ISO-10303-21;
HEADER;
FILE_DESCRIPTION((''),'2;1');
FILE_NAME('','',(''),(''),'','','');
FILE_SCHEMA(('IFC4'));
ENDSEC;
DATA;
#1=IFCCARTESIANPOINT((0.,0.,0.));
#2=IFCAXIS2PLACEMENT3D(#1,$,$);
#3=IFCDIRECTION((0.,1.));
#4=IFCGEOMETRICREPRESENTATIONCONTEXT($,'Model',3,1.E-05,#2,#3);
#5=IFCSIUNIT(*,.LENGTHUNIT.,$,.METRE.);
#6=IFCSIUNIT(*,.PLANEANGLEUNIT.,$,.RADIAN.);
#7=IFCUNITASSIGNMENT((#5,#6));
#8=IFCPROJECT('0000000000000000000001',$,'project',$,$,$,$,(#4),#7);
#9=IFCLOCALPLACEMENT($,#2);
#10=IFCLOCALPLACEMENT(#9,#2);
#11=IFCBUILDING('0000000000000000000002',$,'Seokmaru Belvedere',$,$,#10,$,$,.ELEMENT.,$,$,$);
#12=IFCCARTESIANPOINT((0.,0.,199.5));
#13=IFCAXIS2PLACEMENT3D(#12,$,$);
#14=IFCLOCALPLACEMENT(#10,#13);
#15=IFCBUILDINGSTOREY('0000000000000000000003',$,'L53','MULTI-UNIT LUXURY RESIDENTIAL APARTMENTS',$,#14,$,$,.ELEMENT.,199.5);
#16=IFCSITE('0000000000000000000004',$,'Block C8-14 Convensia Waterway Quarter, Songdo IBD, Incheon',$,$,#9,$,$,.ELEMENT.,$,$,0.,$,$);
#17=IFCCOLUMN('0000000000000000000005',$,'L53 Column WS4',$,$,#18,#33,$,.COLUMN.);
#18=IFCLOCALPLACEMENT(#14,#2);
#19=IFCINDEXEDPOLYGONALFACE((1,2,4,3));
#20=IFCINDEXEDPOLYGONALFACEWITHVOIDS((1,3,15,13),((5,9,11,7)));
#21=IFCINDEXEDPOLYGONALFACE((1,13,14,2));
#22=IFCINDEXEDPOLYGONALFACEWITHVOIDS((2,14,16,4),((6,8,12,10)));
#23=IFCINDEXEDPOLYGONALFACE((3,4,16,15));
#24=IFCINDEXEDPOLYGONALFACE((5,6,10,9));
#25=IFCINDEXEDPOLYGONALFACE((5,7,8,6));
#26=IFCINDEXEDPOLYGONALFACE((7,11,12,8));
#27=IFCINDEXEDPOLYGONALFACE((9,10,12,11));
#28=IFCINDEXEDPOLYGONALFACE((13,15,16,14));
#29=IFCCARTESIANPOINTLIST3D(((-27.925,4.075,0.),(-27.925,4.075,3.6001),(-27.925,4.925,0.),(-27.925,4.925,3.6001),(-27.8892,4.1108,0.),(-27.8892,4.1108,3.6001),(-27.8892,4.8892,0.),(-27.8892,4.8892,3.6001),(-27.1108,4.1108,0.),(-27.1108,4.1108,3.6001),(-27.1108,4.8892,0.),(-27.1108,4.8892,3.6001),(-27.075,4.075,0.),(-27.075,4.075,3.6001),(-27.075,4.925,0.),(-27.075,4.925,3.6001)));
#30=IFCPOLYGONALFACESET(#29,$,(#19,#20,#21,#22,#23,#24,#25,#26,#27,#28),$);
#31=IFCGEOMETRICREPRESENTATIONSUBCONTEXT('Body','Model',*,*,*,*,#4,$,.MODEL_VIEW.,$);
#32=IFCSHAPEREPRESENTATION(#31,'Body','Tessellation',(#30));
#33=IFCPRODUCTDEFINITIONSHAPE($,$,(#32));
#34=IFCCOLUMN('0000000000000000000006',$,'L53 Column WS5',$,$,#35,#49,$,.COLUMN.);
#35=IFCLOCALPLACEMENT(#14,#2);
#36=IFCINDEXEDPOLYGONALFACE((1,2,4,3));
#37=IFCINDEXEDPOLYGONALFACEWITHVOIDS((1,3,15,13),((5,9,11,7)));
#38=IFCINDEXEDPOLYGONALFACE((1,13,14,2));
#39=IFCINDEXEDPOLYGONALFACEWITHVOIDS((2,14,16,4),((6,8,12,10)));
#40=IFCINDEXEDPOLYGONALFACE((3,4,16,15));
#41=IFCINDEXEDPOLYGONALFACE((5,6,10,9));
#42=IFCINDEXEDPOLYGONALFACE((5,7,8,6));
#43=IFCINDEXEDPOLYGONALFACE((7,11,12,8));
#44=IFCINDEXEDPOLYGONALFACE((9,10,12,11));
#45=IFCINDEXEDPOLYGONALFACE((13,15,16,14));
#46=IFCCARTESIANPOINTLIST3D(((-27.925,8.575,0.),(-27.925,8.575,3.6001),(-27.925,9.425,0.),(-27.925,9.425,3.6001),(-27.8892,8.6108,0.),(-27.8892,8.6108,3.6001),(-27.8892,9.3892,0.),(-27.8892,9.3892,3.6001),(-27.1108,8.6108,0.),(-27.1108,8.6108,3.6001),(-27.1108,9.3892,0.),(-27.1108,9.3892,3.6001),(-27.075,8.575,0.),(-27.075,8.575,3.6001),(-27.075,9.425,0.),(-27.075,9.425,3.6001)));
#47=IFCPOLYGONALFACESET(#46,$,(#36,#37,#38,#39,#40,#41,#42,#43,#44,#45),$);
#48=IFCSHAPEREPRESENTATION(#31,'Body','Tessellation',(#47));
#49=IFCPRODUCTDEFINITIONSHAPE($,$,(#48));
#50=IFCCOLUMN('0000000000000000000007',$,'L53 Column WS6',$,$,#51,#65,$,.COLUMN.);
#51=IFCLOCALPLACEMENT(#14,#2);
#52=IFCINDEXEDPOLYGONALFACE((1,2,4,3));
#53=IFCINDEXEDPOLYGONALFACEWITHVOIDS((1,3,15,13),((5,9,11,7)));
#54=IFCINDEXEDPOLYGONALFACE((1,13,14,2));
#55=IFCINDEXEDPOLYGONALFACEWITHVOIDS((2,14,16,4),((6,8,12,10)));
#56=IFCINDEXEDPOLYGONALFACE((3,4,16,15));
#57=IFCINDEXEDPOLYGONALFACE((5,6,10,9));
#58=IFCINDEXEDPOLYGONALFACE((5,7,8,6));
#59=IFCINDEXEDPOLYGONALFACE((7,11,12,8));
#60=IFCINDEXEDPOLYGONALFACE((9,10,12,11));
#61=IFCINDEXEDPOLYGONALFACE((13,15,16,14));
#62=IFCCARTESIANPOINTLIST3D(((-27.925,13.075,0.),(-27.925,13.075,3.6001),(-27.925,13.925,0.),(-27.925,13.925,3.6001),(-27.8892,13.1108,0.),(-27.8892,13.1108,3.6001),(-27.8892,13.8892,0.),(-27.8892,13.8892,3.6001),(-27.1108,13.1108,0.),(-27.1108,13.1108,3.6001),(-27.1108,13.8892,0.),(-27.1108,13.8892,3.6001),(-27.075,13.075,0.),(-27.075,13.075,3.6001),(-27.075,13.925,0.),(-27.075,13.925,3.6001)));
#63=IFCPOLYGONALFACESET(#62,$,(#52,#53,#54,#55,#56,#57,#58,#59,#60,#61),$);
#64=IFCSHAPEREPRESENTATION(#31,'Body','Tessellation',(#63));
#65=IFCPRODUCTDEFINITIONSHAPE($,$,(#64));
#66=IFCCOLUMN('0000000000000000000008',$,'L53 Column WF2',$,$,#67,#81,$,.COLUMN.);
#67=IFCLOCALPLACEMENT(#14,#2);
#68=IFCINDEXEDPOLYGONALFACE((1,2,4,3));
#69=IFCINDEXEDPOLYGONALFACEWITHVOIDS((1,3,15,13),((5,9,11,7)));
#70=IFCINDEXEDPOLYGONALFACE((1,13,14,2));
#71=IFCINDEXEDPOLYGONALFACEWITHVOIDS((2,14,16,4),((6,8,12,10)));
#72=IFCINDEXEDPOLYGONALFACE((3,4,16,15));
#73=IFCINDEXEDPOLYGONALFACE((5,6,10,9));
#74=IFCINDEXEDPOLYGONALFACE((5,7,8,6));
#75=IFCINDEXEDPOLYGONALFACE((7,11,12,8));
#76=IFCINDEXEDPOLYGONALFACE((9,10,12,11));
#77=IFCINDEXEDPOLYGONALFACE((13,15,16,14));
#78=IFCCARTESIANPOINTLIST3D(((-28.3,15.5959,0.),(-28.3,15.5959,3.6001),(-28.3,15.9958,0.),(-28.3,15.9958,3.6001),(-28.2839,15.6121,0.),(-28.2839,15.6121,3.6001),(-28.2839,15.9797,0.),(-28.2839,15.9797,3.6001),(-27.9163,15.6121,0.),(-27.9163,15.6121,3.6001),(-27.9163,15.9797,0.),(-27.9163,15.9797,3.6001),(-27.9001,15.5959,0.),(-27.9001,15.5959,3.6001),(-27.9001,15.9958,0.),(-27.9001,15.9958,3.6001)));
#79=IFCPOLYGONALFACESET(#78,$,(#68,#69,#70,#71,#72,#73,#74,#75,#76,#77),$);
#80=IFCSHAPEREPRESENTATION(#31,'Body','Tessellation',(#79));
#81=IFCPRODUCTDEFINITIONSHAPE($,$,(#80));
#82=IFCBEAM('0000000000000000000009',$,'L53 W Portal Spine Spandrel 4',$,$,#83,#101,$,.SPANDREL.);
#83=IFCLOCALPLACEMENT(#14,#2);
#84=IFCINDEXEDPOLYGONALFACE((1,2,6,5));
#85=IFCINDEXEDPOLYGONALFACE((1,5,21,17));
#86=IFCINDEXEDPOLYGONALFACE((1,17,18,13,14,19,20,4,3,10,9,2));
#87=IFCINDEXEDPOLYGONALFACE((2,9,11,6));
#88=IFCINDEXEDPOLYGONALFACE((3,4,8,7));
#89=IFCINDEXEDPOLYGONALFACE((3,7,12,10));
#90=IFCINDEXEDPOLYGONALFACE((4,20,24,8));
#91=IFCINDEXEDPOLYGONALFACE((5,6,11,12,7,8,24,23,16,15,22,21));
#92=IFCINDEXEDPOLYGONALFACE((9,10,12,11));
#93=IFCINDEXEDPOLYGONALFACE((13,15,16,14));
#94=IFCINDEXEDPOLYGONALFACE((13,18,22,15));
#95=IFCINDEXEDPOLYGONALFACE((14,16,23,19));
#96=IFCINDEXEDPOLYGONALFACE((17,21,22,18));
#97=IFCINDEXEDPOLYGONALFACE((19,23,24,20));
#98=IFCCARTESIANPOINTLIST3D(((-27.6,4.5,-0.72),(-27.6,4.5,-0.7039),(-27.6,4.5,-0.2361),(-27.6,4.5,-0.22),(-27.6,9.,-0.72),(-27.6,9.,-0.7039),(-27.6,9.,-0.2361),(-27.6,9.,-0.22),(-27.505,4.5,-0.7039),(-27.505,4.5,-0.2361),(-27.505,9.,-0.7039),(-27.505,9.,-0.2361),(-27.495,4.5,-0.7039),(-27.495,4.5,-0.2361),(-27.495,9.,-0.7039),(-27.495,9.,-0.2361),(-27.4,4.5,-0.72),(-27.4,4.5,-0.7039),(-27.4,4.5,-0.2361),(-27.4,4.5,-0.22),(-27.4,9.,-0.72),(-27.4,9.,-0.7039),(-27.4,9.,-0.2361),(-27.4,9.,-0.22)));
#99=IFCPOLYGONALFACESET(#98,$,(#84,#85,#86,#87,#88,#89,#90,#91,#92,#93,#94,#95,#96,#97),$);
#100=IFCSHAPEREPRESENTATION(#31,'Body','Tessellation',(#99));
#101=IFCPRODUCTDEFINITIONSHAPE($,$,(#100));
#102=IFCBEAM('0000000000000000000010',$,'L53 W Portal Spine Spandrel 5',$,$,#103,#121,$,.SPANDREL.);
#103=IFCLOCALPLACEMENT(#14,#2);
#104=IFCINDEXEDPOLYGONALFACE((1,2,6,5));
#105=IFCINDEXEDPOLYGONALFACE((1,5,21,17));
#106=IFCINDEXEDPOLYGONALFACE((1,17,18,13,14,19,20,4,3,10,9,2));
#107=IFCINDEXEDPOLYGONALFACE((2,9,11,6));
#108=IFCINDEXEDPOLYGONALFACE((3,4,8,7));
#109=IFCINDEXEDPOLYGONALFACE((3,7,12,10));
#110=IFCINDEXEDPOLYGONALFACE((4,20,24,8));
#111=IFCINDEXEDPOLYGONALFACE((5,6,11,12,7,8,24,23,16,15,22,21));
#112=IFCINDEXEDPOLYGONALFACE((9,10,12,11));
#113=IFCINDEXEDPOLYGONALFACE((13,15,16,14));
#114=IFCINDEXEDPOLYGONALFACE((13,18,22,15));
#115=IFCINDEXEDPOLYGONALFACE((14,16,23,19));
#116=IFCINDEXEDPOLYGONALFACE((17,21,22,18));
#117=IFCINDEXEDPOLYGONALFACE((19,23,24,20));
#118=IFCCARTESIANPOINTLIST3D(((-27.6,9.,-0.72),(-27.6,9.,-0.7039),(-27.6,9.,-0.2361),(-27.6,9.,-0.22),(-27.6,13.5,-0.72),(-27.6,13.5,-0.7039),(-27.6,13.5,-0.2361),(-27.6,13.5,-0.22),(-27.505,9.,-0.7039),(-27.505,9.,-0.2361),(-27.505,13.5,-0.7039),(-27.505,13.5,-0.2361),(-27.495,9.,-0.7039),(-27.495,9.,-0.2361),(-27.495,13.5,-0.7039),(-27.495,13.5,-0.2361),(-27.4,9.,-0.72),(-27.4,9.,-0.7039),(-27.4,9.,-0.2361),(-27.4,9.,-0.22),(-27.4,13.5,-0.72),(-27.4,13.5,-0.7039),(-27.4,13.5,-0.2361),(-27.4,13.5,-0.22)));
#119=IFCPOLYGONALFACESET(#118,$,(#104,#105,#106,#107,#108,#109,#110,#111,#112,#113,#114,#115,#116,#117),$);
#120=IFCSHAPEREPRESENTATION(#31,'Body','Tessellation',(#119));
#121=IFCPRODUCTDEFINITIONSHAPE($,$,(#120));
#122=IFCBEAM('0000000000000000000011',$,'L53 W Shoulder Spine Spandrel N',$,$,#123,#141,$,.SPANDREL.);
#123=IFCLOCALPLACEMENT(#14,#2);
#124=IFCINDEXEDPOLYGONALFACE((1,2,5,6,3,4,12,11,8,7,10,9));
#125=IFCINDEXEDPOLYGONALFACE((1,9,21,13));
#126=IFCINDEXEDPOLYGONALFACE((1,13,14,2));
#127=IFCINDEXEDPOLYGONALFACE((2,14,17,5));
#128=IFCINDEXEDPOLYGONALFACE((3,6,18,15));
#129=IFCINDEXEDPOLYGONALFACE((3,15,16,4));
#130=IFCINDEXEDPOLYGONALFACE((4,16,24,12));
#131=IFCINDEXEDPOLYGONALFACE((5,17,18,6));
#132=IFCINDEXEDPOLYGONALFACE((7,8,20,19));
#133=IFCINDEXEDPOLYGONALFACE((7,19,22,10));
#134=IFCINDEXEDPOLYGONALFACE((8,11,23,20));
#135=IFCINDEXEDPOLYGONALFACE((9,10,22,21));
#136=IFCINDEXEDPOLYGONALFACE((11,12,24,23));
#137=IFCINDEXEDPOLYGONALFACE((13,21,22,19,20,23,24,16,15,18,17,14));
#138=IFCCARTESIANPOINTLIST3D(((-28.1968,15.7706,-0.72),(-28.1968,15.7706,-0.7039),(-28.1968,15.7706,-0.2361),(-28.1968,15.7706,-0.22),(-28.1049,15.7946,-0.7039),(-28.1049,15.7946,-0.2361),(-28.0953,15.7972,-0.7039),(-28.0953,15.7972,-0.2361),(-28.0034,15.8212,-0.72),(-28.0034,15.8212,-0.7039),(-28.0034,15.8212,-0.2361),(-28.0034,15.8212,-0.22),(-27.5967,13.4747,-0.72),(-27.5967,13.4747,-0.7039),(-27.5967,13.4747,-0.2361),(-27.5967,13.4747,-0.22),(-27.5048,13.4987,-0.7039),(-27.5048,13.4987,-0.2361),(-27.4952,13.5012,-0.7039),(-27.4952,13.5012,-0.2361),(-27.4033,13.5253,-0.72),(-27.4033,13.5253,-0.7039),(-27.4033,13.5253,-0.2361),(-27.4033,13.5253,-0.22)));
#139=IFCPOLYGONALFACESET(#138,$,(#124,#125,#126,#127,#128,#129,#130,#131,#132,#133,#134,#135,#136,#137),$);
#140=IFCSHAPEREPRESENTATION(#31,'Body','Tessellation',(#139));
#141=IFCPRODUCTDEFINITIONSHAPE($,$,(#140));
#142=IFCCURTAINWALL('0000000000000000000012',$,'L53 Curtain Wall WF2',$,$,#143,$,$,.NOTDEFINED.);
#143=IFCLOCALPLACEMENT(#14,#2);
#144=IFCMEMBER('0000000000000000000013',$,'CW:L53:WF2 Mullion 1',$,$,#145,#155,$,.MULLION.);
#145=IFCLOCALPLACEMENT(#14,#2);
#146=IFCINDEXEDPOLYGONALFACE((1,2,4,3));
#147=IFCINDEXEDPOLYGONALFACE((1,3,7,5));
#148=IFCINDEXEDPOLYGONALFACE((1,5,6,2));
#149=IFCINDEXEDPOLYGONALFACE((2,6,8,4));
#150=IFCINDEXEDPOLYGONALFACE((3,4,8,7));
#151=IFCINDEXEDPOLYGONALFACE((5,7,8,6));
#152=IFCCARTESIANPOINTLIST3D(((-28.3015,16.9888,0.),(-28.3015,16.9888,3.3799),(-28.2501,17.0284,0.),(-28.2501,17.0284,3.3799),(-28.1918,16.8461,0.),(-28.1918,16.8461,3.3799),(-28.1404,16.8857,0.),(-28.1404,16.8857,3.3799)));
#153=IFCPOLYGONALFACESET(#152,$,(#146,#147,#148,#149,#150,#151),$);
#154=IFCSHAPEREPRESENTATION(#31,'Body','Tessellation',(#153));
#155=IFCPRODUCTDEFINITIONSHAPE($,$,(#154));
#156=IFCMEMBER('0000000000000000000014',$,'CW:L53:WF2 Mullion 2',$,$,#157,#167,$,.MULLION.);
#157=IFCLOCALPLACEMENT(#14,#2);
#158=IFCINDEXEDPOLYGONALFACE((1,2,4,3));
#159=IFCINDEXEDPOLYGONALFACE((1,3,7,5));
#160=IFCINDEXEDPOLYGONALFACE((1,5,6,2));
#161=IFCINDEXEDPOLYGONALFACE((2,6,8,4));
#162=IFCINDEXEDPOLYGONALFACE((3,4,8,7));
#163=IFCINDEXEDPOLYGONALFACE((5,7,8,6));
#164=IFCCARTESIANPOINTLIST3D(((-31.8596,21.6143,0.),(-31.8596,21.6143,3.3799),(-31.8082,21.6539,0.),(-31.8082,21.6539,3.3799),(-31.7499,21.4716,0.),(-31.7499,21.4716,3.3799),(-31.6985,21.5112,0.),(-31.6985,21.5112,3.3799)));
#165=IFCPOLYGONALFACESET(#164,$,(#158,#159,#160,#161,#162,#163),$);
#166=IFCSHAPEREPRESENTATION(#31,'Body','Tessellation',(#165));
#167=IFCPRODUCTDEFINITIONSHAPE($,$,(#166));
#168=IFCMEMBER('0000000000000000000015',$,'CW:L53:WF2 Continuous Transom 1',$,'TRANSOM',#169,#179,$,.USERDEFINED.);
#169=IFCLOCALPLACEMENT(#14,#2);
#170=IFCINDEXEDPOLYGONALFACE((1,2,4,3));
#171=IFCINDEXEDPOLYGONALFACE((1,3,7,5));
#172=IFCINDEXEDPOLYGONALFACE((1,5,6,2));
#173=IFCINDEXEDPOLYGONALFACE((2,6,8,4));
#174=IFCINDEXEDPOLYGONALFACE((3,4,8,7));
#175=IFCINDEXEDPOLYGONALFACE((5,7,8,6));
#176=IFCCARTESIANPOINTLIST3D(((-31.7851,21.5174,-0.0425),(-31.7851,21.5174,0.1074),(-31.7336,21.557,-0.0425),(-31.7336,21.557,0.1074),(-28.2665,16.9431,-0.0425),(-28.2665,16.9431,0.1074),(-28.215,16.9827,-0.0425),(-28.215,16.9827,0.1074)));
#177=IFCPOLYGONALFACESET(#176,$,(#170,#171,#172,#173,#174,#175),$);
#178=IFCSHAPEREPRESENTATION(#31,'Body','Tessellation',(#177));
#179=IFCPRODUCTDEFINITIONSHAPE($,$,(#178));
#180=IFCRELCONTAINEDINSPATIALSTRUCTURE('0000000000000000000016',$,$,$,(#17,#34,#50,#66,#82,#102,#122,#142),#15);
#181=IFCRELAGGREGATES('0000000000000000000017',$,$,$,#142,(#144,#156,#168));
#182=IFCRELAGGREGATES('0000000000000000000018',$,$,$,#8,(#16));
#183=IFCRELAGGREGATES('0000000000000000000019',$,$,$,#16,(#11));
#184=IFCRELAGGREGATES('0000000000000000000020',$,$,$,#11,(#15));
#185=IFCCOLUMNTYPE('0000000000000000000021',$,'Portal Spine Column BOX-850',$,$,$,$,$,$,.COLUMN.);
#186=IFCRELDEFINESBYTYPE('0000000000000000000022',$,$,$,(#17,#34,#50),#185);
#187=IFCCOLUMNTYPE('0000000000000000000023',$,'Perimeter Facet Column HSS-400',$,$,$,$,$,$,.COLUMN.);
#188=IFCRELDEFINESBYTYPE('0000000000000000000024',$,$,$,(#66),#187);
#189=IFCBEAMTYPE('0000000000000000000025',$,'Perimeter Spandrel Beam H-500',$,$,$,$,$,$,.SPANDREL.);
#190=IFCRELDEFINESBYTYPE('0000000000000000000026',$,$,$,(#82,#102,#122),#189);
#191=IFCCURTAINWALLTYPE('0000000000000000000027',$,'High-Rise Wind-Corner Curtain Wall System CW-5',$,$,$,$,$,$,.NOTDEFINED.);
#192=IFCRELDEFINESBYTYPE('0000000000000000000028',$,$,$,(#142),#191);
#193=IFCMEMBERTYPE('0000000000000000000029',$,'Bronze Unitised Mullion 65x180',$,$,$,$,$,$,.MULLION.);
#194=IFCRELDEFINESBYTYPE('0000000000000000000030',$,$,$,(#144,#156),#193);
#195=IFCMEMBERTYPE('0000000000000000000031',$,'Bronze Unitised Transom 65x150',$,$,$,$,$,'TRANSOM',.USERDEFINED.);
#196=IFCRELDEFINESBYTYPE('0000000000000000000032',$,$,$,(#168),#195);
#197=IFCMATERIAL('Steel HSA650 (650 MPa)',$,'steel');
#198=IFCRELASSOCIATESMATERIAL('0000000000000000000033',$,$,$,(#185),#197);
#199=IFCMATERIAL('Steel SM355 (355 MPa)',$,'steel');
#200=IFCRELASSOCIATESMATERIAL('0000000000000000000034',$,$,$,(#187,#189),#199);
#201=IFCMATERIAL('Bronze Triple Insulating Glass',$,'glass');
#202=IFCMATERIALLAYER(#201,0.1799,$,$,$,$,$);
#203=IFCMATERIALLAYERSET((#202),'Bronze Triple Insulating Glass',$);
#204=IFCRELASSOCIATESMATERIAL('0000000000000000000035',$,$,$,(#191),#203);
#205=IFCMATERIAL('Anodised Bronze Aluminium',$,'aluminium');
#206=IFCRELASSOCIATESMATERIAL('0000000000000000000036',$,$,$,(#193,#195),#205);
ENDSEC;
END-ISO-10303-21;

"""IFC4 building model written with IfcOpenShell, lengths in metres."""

from ifc_helpers import new_model, si_unit, direction, frame, origin, origin_2d, place, context, subcontext, project, spatial, rectangle, hollow_rectangle, i_section, extrude, source, transform, mapped, material, layer, layer_set, material_profile, profile_set, type_object, type_shapes, element, aggregate, save


model = new_model("IFC4")

# Units and contexts
model_context = context("Model", 3, precision=1e-05, world=origin(), true_north=direction((0.0, 1.0)))
body_context = subcontext(model_context, "Body", "Model", "MODEL_VIEW")
ifc_project = project(units=[si_unit("LENGTHUNIT", "METRE"), si_unit("PLANEANGLEUNIT", "RADIAN")], contexts=[model_context])

# Site, building, storey
site_placement = place(None, origin())
site = spatial("IfcSite", under=ifc_project, at=site_placement, Name="Block C8-14 Convensia Waterway Quarter, Songdo IBD, Incheon", CompositionType="ELEMENT", RefElevation=0.0)
building_placement = place(site_placement, origin())
building = spatial("IfcBuilding", under=site, at=building_placement, Name="Seokmaru Belvedere", CompositionType="ELEMENT")
storey_placement = place(building_placement, frame((0.0, 0.0, 199.5)))
storey = spatial("IfcBuildingStorey", under=building, at=storey_placement, Name="L53", Description="MULTI-UNIT LUXURY RESIDENTIAL APARTMENTS", CompositionType="ELEMENT", Elevation=199.5)

# Columns
ifc_material_1 = material(Name="Steel HSA650 (650 MPa)", Category="steel")
ifc_material_profile_1 = material_profile(ifc_material_1, hollow_rectangle(XDim=0.8501, YDim=0.8501, WallThickness=0.0359, at=origin_2d()), Name="BOX-850x850x36")
ifc_profile_set_1 = profile_set([ifc_material_profile_1], Name="Steel HSA650 (650 MPa)")
column_type_1 = type_object("IfcColumnType", Name="Portal Spine Column BOX-850", PredefinedType="COLUMN", material=ifc_profile_set_1)
shared_shape_1 = source(origin(), body_context, "Body", "SweptSolid", [
    extrude(hollow_rectangle(XDim=0.8501, YDim=0.8501, WallThickness=0.0359, at=origin_2d()), origin(), (0.0, 0.0, 1.0), 3.6001),
])
type_shapes(column_type_1, [shared_shape_1])
for number, where, z_axis, x_axis, name in (
    (1, (-27.5, 4.5, 0.0), (0.0, 0.0, 1.0), (1.0, 0.0, 0.0), "L53 Column WS4"),
    (2, (-27.5, 9.0, 0.0), (0.0, 0.0, 1.0), (1.0, 0.0, 0.0), "L53 Column WS5"),
    (3, (-27.5, 13.5, 0.0), (0.0, 0.0, 1.0), (1.0, 0.0, 0.0), "L53 Column WS6"),
):
    element("IfcColumn", number, at=place(storey_placement, frame(where, z_axis=z_axis, x_axis=x_axis)), inside=storey, type_object=column_type_1, Name=name, PredefinedType="COLUMN", context=body_context, shape_type="MappedRepresentation", body=[
        mapped(shared_shape_1, transform((0.0, 0.0, 0.0), scale=1.0)),
    ])
ifc_material_2 = material(Name="Steel SM355 (355 MPa)", Category="steel")
ifc_material_profile_2 = material_profile(ifc_material_2, hollow_rectangle(XDim=0.3999, YDim=0.3999, WallThickness=0.0161, at=origin_2d()), Name="HSS-400x400x16")
ifc_profile_set_2 = profile_set([ifc_material_profile_2], Name="Steel SM355 (355 MPa)")
column_type_2 = type_object("IfcColumnType", Name="Perimeter Facet Column HSS-400", PredefinedType="COLUMN", material=ifc_profile_set_2)
shared_shape_2 = source(origin(), body_context, "Body", "SweptSolid", [
    extrude(hollow_rectangle(XDim=0.3999, YDim=0.3999, WallThickness=0.0161, at=origin_2d()), origin(), (0.0, 0.0, 1.0), 3.6001),
])
type_shapes(column_type_2, [shared_shape_2])
column_placement = place(storey_placement, frame((-28.1001, 15.7959, 0.0), z_axis=(0.0, 0.0, 1.0), x_axis=(1.0, 0.0, 0.0)))
element("IfcColumn", 4, at=column_placement, inside=storey, type_object=column_type_2, Name="L53 Column WF2", PredefinedType="COLUMN", context=body_context, shape_type="MappedRepresentation", body=[
    mapped(shared_shape_2, transform((0.0, 0.0, 0.0), scale=1.0)),
])

# Beams
ifc_material_profile_3 = material_profile(ifc_material_2, i_section(OverallWidth=0.2, OverallDepth=0.5, WebThickness=0.01, FlangeThickness=0.0161, at=origin_2d()), Name="H-500x200x10x16")
ifc_profile_set_3 = profile_set([ifc_material_profile_3], Name="Steel SM355 (355 MPa)")
beam_type_1 = type_object("IfcBeamType", Name="Perimeter Spandrel Beam H-500", PredefinedType="SPANDREL", material=ifc_profile_set_3)
shared_shape_3 = source(origin(), body_context, "Body", "SweptSolid", [
    extrude(i_section(OverallWidth=0.2, OverallDepth=0.5, WebThickness=0.01, FlangeThickness=0.0161, at=origin_2d()), origin(), (0.0, 0.0, 1.0), 4.5),
])
for number, where, z_axis, x_axis, name in (
    (5, (-27.5, 4.5, -0.47), (0.0, 1.0, 0.0), (-1.0, 0.0, 0.0), "L53 W Portal Spine Spandrel 4"),
    (6, (-27.5, 9.0, -0.47), (0.0, 1.0, 0.0), (-1.0, 0.0, 0.0), "L53 W Portal Spine Spandrel 5"),
):
    element("IfcBeam", number, at=place(storey_placement, frame(where, z_axis=z_axis, x_axis=x_axis)), inside=storey, type_object=beam_type_1, Name=name, PredefinedType="SPANDREL", context=body_context, shape_type="MappedRepresentation", body=[
        mapped(shared_shape_3, transform((0.0, 0.0, 0.0), scale=1.0)),
    ])
shared_shape_4 = source(origin(), body_context, "Body", "SweptSolid", [
    extrude(i_section(OverallWidth=0.2, OverallDepth=0.5, WebThickness=0.01, FlangeThickness=0.0161, at=origin_2d()), origin(), (0.0, 0.0, 1.0), 2.373),
])
type_shapes(beam_type_1, [shared_shape_3, shared_shape_4])
beam_1_placement = place(storey_placement, frame((-28.1001, 15.7959, -0.47), z_axis=(0.252883, -0.967497, 0.0), x_axis=(0.967497, 0.252883, 0.0)))
element("IfcBeam", 7, at=beam_1_placement, inside=storey, type_object=beam_type_1, Name="L53 W Shoulder Spine Spandrel N", PredefinedType="SPANDREL", context=body_context, shape_type="MappedRepresentation", body=[
    mapped(shared_shape_4, transform((0.0, 0.0, 0.0), scale=1.0)),
])

# Curtain wall, members
ifc_material_3 = material(Name="Bronze Triple Insulating Glass", Category="glass")
ifc_layer_1 = layer(ifc_material_3, 0.1799)
ifc_layer_set_1 = layer_set([ifc_layer_1], Name="Bronze Triple Insulating Glass")
curtain_wall_type = type_object("IfcCurtainWallType", Name="High-Rise Wind-Corner Curtain Wall System CW-5", PredefinedType="NOTDEFINED", material=ifc_layer_set_1)
curtain_wall_placement = place(storey_placement, origin())
curtain_wall = element("IfcCurtainWall", 8, at=curtain_wall_placement, inside=storey, type_object=curtain_wall_type, Name="L53 Curtain Wall WF2", PredefinedType="NOTDEFINED")
ifc_material_4 = material(Name="Anodised Bronze Aluminium", Category="aluminium")
ifc_material_profile_4 = material_profile(ifc_material_4, rectangle(XDim=0.0649, YDim=0.1799, at=origin_2d()), Name="CW-M-65x180")
ifc_profile_set_4 = profile_set([ifc_material_profile_4], Name="Anodised Bronze Aluminium")
member_type_1 = type_object("IfcMemberType", Name="Bronze Unitised Mullion 65x180", PredefinedType="MULLION", material=ifc_profile_set_4)
shared_shape_5 = source(origin(), body_context, "Body", "SweptSolid", [
    extrude(rectangle(XDim=0.0649, YDim=0.1799, at=origin_2d()), origin(), (0.0, 0.0, 1.0), 3.3799),
])
type_shapes(member_type_1, [shared_shape_5])
member_1_placement = place(storey_placement, frame((-28.2209, 16.9373, 0.0), z_axis=(0.0, 0.0, 1.0), x_axis=(-0.792631, -0.609701, 0.0)))
member_1 = element("IfcMember", 9, at=member_1_placement, type_object=member_type_1, Name="CW:L53:WF2 Mullion 1", PredefinedType="MULLION", context=body_context, shape_type="MappedRepresentation", body=[
    mapped(shared_shape_5, transform((0.0, 0.0, 0.0), scale=1.0)),
])
member_2_placement = place(storey_placement, frame((-31.7791, 21.5627, 0.0), z_axis=(0.0, 0.0, 1.0), x_axis=(-0.792631, -0.609701, 0.0)))
member_2 = element("IfcMember", 10, at=member_2_placement, type_object=member_type_1, Name="CW:L53:WF2 Mullion 2", PredefinedType="MULLION", context=body_context, shape_type="MappedRepresentation", body=[
    mapped(shared_shape_5, transform((0.0, 0.0, 0.0), scale=1.0)),
])
ifc_material_profile_5 = material_profile(ifc_material_4, rectangle(XDim=0.0649, YDim=0.1499, at=origin_2d()), Name="CW-T-65x150")
ifc_profile_set_5 = profile_set([ifc_material_profile_5], Name="Anodised Bronze Aluminium")
member_type_2 = type_object("IfcMemberType", Name="Bronze Unitised Transom 65x150", ElementType="TRANSOM", PredefinedType="USERDEFINED", material=ifc_profile_set_5)
shared_shape_6 = source(origin(), body_context, "Body", "SweptSolid", [
    extrude(rectangle(XDim=0.0649, YDim=0.1499, at=origin_2d()), origin(), (0.0, 0.0, 1.0), 5.771),
])
type_shapes(member_type_2, [shared_shape_6])
member_3_placement = place(storey_placement, frame((-28.2407, 16.9629, 0.0325), z_axis=(-0.609703, 0.79263, 0.0), x_axis=(-0.79263, -0.609703, 0.0)))
member_3 = element("IfcMember", 11, at=member_3_placement, type_object=member_type_2, Name="CW:L53:WF2 Continuous Transom 1", ObjectType="TRANSOM", PredefinedType="USERDEFINED", context=body_context, shape_type="MappedRepresentation", body=[
    mapped(shared_shape_6, transform((0.0, 0.0, 0.0), scale=1.0)),
])

aggregate(curtain_wall, [member_1, member_2, member_3])

save(model, "model.ifc")
